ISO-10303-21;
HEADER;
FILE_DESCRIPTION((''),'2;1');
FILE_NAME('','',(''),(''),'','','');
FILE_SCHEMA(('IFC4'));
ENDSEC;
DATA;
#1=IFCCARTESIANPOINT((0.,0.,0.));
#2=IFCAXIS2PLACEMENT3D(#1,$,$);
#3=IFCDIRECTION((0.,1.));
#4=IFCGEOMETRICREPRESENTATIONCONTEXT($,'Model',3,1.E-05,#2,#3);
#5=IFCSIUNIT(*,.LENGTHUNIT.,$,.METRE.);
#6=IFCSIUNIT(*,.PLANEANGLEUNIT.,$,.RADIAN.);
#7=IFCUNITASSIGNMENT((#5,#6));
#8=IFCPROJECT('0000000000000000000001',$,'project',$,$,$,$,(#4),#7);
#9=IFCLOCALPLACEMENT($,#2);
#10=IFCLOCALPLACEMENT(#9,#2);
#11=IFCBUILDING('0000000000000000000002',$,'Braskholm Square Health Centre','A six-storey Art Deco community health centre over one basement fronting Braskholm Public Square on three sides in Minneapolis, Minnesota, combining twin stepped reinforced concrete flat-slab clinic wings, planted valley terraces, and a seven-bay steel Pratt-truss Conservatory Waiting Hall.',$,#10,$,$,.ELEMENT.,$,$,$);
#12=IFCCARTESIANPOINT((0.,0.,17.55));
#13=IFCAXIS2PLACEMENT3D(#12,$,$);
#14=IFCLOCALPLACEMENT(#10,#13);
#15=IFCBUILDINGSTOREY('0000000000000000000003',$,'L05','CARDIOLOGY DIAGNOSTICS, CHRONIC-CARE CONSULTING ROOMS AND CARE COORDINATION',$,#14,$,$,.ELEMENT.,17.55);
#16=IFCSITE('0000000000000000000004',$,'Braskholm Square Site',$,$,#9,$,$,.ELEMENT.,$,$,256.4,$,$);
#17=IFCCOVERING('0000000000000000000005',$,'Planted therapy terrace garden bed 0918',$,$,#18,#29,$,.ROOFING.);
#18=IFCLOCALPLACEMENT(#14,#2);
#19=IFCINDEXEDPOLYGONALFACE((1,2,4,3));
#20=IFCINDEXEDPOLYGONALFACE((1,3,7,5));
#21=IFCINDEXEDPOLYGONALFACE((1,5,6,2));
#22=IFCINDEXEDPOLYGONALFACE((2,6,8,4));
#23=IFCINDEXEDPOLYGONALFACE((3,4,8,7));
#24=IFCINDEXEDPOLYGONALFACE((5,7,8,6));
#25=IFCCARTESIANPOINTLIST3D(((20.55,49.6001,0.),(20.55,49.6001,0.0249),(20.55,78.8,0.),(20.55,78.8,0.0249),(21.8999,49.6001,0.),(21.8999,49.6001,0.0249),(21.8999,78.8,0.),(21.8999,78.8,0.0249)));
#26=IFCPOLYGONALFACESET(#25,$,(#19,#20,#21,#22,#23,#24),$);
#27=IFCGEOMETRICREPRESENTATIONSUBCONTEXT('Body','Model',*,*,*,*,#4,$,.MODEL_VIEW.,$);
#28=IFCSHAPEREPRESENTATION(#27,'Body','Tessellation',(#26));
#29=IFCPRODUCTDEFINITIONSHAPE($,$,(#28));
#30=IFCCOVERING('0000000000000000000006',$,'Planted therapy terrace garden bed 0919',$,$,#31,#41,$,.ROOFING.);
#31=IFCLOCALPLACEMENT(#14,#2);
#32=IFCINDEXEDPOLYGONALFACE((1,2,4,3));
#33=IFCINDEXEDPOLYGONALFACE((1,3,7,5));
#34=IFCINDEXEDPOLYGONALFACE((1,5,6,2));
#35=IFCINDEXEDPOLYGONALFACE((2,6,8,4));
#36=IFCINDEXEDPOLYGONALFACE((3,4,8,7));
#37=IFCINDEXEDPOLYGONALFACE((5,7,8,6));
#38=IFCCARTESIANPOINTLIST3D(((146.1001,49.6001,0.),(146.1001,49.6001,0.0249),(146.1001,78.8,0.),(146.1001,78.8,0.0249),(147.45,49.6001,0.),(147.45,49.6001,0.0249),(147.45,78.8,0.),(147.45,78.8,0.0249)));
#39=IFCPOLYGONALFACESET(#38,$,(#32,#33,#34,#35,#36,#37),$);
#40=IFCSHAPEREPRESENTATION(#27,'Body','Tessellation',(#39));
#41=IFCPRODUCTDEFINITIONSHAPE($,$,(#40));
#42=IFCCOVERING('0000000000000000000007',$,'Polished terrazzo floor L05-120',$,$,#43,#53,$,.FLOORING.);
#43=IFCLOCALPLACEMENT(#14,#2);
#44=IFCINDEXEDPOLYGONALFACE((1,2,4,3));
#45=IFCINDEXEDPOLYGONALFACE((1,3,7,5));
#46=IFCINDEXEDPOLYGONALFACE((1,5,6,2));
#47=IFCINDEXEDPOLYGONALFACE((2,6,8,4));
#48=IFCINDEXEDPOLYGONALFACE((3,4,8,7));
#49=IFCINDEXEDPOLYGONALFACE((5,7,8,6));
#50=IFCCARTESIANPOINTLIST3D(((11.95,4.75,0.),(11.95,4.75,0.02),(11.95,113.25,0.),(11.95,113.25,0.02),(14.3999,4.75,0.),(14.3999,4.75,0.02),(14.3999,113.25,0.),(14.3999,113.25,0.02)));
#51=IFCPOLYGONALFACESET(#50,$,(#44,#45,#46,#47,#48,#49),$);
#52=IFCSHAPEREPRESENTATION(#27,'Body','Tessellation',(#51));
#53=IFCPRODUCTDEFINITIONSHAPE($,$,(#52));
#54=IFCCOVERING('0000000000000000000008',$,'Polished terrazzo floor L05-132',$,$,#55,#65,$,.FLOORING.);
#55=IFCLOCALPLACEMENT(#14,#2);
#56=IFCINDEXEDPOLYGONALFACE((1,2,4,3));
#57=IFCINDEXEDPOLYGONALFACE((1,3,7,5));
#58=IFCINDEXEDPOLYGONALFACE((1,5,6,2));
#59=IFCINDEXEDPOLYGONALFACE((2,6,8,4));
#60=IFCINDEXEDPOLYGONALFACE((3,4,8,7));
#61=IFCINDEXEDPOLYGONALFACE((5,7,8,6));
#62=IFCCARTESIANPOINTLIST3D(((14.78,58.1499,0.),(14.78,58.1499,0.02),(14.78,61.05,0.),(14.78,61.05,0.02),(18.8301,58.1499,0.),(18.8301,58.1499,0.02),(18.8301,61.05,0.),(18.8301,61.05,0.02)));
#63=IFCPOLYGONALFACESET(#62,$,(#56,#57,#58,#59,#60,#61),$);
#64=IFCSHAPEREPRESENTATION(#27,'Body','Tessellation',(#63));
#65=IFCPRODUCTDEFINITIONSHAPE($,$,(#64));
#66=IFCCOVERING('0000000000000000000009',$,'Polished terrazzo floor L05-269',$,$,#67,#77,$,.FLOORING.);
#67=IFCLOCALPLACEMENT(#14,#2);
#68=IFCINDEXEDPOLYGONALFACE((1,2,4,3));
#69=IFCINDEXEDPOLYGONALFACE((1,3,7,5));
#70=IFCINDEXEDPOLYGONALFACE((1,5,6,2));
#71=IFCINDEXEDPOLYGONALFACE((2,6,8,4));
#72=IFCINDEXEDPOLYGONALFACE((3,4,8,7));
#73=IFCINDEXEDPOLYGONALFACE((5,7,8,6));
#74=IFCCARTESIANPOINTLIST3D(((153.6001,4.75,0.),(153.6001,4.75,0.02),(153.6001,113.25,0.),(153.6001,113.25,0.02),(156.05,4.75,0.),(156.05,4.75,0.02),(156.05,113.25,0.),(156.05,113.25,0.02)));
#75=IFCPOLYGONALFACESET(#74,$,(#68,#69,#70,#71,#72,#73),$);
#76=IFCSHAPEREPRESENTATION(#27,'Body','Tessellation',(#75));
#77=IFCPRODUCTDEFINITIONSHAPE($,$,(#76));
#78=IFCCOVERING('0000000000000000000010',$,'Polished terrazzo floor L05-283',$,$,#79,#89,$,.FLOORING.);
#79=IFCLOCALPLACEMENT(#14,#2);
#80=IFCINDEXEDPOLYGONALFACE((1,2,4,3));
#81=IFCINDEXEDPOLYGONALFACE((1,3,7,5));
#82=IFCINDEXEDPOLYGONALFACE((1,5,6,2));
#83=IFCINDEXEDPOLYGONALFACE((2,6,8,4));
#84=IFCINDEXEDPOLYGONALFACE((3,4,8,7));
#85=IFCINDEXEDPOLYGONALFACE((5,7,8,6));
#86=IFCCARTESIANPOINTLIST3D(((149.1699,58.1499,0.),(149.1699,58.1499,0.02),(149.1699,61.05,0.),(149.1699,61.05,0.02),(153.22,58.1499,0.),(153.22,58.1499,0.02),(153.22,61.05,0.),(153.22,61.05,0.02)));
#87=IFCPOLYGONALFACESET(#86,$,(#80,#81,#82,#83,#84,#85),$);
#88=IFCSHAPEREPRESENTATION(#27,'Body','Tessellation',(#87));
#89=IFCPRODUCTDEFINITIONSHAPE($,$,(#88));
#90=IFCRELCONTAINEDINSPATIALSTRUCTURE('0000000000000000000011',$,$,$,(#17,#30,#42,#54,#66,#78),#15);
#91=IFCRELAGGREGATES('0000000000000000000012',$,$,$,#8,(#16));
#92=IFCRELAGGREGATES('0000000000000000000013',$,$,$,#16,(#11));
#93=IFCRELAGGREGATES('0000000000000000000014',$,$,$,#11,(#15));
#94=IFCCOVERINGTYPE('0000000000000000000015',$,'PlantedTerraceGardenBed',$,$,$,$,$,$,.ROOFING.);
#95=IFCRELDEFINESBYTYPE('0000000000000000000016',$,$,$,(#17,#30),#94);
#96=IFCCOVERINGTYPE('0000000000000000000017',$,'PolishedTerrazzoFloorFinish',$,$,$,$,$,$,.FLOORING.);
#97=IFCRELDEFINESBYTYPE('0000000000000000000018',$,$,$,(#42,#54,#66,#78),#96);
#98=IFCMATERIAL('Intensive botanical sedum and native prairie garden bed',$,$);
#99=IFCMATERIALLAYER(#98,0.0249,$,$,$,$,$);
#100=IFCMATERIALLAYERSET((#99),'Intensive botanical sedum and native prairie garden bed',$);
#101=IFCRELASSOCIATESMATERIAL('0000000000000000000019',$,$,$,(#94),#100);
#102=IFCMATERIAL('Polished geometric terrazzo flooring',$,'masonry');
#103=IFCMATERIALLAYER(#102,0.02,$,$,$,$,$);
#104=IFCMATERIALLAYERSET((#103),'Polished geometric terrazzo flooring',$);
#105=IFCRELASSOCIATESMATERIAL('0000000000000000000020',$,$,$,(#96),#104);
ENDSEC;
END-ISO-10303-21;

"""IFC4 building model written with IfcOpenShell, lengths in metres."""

from ifc_helpers import new_model, si_unit, direction, frame, origin, place, context, subcontext, project, spatial, polyline, outline, extrude, material, layer, layer_set, type_object, element, save


model = new_model("IFC4")

# Units and contexts
model_context = context("Model", 3, precision=1e-05, world=origin(), true_north=direction((0.0, 1.0)))
body_context = subcontext(model_context, "Body", "Model", "MODEL_VIEW")
ifc_project = project(units=[si_unit("LENGTHUNIT", "METRE"), si_unit("PLANEANGLEUNIT", "RADIAN")], contexts=[model_context])

# Site, building, storey
site_placement = place(None, origin())
site = spatial("IfcSite", under=ifc_project, at=site_placement, Name="Braskholm Square Site", CompositionType="ELEMENT", RefElevation=256.4)
building_placement = place(site_placement, origin())
building = spatial("IfcBuilding", under=site, at=building_placement, Name="Braskholm Square Health Centre", Description="A six-storey Art Deco community health centre over one basement fronting Braskholm Public Square on three sides in Minneapolis, Minnesota, combining twin stepped reinforced concrete flat-slab clinic wings, planted valley terraces, and a seven-bay steel Pratt-truss Conservatory Waiting Hall.", CompositionType="ELEMENT")
storey_placement = place(building_placement, frame((0.0, 0.0, 17.55)))
storey = spatial("IfcBuildingStorey", under=building, at=storey_placement, Name="L05", Description="CARDIOLOGY DIAGNOSTICS, CHRONIC-CARE CONSULTING ROOMS AND CARE COORDINATION", CompositionType="ELEMENT", Elevation=17.55)

# Coverings
ifc_material_1 = material(Name="Intensive botanical sedum and native prairie garden bed")
ifc_layer_1 = layer(ifc_material_1, 0.0249)
ifc_layer_set_1 = layer_set([ifc_layer_1], Name="Intensive botanical sedum and native prairie garden bed")
covering_type_1 = type_object("IfcCoveringType", Name="PlantedTerraceGardenBed", PredefinedType="ROOFING", material=ifc_layer_set_1)
covering_1_placement = place(storey_placement, origin())
element("IfcCovering", 1, at=covering_1_placement, inside=storey, type_object=covering_type_1, Name="Planted therapy terrace garden bed 0918", PredefinedType="ROOFING", context=body_context, shape_type="SweptSolid", body=[
    extrude(outline(polyline([(20.55, 49.6001), (21.8999, 49.6001), (21.8999, 78.8), (20.55, 78.8), (20.55, 49.6001)])), origin(), (0.0, 0.0, 1.0), 0.0249),
])
covering_2_placement = place(storey_placement, origin())
element("IfcCovering", 2, at=covering_2_placement, inside=storey, type_object=covering_type_1, Name="Planted therapy terrace garden bed 0919", PredefinedType="ROOFING", context=body_context, shape_type="SweptSolid", body=[
    extrude(outline(polyline([(146.1001, 49.6001), (147.45, 49.6001), (147.45, 78.8), (146.1001, 78.8), (146.1001, 49.6001)])), origin(), (0.0, 0.0, 1.0), 0.0249),
])
ifc_material_2 = material(Name="Polished geometric terrazzo flooring", Category="masonry")
ifc_layer_2 = layer(ifc_material_2, 0.02)
ifc_layer_set_2 = layer_set([ifc_layer_2], Name="Polished geometric terrazzo flooring")
covering_type_2 = type_object("IfcCoveringType", Name="PolishedTerrazzoFloorFinish", PredefinedType="FLOORING", material=ifc_layer_set_2)
covering_3_placement = place(storey_placement, origin())
element("IfcCovering", 3, at=covering_3_placement, inside=storey, type_object=covering_type_2, Name="Polished terrazzo floor L05-120", PredefinedType="FLOORING", context=body_context, shape_type="SweptSolid", body=[
    extrude(outline(polyline([(11.95, 4.75), (14.3999, 4.75), (14.3999, 113.25), (11.95, 113.25), (11.95, 4.75)])), origin(), (0.0, 0.0, 1.0), 0.02),
])
covering_4_placement = place(storey_placement, origin())
element("IfcCovering", 4, at=covering_4_placement, inside=storey, type_object=covering_type_2, Name="Polished terrazzo floor L05-132", PredefinedType="FLOORING", context=body_context, shape_type="SweptSolid", body=[
    extrude(outline(polyline([(14.78, 58.1499), (18.8301, 58.1499), (18.8301, 61.05), (14.78, 61.05), (14.78, 58.1499)])), origin(), (0.0, 0.0, 1.0), 0.02),
])
covering_5_placement = place(storey_placement, origin())
element("IfcCovering", 5, at=covering_5_placement, inside=storey, type_object=covering_type_2, Name="Polished terrazzo floor L05-269", PredefinedType="FLOORING", context=body_context, shape_type="SweptSolid", body=[
    extrude(outline(polyline([(153.6001, 4.75), (156.05, 4.75), (156.05, 113.25), (153.6001, 113.25), (153.6001, 4.75)])), origin(), (0.0, 0.0, 1.0), 0.02),
])
covering_6_placement = place(storey_placement, origin())
element("IfcCovering", 6, at=covering_6_placement, inside=storey, type_object=covering_type_2, Name="Polished terrazzo floor L05-283", PredefinedType="FLOORING", context=body_context, shape_type="SweptSolid", body=[
    extrude(outline(polyline([(149.1699, 58.1499), (153.22, 58.1499), (153.22, 61.05), (149.1699, 61.05), (149.1699, 58.1499)])), origin(), (0.0, 0.0, 1.0), 0.02),
])

save(model, "model.ifc")
